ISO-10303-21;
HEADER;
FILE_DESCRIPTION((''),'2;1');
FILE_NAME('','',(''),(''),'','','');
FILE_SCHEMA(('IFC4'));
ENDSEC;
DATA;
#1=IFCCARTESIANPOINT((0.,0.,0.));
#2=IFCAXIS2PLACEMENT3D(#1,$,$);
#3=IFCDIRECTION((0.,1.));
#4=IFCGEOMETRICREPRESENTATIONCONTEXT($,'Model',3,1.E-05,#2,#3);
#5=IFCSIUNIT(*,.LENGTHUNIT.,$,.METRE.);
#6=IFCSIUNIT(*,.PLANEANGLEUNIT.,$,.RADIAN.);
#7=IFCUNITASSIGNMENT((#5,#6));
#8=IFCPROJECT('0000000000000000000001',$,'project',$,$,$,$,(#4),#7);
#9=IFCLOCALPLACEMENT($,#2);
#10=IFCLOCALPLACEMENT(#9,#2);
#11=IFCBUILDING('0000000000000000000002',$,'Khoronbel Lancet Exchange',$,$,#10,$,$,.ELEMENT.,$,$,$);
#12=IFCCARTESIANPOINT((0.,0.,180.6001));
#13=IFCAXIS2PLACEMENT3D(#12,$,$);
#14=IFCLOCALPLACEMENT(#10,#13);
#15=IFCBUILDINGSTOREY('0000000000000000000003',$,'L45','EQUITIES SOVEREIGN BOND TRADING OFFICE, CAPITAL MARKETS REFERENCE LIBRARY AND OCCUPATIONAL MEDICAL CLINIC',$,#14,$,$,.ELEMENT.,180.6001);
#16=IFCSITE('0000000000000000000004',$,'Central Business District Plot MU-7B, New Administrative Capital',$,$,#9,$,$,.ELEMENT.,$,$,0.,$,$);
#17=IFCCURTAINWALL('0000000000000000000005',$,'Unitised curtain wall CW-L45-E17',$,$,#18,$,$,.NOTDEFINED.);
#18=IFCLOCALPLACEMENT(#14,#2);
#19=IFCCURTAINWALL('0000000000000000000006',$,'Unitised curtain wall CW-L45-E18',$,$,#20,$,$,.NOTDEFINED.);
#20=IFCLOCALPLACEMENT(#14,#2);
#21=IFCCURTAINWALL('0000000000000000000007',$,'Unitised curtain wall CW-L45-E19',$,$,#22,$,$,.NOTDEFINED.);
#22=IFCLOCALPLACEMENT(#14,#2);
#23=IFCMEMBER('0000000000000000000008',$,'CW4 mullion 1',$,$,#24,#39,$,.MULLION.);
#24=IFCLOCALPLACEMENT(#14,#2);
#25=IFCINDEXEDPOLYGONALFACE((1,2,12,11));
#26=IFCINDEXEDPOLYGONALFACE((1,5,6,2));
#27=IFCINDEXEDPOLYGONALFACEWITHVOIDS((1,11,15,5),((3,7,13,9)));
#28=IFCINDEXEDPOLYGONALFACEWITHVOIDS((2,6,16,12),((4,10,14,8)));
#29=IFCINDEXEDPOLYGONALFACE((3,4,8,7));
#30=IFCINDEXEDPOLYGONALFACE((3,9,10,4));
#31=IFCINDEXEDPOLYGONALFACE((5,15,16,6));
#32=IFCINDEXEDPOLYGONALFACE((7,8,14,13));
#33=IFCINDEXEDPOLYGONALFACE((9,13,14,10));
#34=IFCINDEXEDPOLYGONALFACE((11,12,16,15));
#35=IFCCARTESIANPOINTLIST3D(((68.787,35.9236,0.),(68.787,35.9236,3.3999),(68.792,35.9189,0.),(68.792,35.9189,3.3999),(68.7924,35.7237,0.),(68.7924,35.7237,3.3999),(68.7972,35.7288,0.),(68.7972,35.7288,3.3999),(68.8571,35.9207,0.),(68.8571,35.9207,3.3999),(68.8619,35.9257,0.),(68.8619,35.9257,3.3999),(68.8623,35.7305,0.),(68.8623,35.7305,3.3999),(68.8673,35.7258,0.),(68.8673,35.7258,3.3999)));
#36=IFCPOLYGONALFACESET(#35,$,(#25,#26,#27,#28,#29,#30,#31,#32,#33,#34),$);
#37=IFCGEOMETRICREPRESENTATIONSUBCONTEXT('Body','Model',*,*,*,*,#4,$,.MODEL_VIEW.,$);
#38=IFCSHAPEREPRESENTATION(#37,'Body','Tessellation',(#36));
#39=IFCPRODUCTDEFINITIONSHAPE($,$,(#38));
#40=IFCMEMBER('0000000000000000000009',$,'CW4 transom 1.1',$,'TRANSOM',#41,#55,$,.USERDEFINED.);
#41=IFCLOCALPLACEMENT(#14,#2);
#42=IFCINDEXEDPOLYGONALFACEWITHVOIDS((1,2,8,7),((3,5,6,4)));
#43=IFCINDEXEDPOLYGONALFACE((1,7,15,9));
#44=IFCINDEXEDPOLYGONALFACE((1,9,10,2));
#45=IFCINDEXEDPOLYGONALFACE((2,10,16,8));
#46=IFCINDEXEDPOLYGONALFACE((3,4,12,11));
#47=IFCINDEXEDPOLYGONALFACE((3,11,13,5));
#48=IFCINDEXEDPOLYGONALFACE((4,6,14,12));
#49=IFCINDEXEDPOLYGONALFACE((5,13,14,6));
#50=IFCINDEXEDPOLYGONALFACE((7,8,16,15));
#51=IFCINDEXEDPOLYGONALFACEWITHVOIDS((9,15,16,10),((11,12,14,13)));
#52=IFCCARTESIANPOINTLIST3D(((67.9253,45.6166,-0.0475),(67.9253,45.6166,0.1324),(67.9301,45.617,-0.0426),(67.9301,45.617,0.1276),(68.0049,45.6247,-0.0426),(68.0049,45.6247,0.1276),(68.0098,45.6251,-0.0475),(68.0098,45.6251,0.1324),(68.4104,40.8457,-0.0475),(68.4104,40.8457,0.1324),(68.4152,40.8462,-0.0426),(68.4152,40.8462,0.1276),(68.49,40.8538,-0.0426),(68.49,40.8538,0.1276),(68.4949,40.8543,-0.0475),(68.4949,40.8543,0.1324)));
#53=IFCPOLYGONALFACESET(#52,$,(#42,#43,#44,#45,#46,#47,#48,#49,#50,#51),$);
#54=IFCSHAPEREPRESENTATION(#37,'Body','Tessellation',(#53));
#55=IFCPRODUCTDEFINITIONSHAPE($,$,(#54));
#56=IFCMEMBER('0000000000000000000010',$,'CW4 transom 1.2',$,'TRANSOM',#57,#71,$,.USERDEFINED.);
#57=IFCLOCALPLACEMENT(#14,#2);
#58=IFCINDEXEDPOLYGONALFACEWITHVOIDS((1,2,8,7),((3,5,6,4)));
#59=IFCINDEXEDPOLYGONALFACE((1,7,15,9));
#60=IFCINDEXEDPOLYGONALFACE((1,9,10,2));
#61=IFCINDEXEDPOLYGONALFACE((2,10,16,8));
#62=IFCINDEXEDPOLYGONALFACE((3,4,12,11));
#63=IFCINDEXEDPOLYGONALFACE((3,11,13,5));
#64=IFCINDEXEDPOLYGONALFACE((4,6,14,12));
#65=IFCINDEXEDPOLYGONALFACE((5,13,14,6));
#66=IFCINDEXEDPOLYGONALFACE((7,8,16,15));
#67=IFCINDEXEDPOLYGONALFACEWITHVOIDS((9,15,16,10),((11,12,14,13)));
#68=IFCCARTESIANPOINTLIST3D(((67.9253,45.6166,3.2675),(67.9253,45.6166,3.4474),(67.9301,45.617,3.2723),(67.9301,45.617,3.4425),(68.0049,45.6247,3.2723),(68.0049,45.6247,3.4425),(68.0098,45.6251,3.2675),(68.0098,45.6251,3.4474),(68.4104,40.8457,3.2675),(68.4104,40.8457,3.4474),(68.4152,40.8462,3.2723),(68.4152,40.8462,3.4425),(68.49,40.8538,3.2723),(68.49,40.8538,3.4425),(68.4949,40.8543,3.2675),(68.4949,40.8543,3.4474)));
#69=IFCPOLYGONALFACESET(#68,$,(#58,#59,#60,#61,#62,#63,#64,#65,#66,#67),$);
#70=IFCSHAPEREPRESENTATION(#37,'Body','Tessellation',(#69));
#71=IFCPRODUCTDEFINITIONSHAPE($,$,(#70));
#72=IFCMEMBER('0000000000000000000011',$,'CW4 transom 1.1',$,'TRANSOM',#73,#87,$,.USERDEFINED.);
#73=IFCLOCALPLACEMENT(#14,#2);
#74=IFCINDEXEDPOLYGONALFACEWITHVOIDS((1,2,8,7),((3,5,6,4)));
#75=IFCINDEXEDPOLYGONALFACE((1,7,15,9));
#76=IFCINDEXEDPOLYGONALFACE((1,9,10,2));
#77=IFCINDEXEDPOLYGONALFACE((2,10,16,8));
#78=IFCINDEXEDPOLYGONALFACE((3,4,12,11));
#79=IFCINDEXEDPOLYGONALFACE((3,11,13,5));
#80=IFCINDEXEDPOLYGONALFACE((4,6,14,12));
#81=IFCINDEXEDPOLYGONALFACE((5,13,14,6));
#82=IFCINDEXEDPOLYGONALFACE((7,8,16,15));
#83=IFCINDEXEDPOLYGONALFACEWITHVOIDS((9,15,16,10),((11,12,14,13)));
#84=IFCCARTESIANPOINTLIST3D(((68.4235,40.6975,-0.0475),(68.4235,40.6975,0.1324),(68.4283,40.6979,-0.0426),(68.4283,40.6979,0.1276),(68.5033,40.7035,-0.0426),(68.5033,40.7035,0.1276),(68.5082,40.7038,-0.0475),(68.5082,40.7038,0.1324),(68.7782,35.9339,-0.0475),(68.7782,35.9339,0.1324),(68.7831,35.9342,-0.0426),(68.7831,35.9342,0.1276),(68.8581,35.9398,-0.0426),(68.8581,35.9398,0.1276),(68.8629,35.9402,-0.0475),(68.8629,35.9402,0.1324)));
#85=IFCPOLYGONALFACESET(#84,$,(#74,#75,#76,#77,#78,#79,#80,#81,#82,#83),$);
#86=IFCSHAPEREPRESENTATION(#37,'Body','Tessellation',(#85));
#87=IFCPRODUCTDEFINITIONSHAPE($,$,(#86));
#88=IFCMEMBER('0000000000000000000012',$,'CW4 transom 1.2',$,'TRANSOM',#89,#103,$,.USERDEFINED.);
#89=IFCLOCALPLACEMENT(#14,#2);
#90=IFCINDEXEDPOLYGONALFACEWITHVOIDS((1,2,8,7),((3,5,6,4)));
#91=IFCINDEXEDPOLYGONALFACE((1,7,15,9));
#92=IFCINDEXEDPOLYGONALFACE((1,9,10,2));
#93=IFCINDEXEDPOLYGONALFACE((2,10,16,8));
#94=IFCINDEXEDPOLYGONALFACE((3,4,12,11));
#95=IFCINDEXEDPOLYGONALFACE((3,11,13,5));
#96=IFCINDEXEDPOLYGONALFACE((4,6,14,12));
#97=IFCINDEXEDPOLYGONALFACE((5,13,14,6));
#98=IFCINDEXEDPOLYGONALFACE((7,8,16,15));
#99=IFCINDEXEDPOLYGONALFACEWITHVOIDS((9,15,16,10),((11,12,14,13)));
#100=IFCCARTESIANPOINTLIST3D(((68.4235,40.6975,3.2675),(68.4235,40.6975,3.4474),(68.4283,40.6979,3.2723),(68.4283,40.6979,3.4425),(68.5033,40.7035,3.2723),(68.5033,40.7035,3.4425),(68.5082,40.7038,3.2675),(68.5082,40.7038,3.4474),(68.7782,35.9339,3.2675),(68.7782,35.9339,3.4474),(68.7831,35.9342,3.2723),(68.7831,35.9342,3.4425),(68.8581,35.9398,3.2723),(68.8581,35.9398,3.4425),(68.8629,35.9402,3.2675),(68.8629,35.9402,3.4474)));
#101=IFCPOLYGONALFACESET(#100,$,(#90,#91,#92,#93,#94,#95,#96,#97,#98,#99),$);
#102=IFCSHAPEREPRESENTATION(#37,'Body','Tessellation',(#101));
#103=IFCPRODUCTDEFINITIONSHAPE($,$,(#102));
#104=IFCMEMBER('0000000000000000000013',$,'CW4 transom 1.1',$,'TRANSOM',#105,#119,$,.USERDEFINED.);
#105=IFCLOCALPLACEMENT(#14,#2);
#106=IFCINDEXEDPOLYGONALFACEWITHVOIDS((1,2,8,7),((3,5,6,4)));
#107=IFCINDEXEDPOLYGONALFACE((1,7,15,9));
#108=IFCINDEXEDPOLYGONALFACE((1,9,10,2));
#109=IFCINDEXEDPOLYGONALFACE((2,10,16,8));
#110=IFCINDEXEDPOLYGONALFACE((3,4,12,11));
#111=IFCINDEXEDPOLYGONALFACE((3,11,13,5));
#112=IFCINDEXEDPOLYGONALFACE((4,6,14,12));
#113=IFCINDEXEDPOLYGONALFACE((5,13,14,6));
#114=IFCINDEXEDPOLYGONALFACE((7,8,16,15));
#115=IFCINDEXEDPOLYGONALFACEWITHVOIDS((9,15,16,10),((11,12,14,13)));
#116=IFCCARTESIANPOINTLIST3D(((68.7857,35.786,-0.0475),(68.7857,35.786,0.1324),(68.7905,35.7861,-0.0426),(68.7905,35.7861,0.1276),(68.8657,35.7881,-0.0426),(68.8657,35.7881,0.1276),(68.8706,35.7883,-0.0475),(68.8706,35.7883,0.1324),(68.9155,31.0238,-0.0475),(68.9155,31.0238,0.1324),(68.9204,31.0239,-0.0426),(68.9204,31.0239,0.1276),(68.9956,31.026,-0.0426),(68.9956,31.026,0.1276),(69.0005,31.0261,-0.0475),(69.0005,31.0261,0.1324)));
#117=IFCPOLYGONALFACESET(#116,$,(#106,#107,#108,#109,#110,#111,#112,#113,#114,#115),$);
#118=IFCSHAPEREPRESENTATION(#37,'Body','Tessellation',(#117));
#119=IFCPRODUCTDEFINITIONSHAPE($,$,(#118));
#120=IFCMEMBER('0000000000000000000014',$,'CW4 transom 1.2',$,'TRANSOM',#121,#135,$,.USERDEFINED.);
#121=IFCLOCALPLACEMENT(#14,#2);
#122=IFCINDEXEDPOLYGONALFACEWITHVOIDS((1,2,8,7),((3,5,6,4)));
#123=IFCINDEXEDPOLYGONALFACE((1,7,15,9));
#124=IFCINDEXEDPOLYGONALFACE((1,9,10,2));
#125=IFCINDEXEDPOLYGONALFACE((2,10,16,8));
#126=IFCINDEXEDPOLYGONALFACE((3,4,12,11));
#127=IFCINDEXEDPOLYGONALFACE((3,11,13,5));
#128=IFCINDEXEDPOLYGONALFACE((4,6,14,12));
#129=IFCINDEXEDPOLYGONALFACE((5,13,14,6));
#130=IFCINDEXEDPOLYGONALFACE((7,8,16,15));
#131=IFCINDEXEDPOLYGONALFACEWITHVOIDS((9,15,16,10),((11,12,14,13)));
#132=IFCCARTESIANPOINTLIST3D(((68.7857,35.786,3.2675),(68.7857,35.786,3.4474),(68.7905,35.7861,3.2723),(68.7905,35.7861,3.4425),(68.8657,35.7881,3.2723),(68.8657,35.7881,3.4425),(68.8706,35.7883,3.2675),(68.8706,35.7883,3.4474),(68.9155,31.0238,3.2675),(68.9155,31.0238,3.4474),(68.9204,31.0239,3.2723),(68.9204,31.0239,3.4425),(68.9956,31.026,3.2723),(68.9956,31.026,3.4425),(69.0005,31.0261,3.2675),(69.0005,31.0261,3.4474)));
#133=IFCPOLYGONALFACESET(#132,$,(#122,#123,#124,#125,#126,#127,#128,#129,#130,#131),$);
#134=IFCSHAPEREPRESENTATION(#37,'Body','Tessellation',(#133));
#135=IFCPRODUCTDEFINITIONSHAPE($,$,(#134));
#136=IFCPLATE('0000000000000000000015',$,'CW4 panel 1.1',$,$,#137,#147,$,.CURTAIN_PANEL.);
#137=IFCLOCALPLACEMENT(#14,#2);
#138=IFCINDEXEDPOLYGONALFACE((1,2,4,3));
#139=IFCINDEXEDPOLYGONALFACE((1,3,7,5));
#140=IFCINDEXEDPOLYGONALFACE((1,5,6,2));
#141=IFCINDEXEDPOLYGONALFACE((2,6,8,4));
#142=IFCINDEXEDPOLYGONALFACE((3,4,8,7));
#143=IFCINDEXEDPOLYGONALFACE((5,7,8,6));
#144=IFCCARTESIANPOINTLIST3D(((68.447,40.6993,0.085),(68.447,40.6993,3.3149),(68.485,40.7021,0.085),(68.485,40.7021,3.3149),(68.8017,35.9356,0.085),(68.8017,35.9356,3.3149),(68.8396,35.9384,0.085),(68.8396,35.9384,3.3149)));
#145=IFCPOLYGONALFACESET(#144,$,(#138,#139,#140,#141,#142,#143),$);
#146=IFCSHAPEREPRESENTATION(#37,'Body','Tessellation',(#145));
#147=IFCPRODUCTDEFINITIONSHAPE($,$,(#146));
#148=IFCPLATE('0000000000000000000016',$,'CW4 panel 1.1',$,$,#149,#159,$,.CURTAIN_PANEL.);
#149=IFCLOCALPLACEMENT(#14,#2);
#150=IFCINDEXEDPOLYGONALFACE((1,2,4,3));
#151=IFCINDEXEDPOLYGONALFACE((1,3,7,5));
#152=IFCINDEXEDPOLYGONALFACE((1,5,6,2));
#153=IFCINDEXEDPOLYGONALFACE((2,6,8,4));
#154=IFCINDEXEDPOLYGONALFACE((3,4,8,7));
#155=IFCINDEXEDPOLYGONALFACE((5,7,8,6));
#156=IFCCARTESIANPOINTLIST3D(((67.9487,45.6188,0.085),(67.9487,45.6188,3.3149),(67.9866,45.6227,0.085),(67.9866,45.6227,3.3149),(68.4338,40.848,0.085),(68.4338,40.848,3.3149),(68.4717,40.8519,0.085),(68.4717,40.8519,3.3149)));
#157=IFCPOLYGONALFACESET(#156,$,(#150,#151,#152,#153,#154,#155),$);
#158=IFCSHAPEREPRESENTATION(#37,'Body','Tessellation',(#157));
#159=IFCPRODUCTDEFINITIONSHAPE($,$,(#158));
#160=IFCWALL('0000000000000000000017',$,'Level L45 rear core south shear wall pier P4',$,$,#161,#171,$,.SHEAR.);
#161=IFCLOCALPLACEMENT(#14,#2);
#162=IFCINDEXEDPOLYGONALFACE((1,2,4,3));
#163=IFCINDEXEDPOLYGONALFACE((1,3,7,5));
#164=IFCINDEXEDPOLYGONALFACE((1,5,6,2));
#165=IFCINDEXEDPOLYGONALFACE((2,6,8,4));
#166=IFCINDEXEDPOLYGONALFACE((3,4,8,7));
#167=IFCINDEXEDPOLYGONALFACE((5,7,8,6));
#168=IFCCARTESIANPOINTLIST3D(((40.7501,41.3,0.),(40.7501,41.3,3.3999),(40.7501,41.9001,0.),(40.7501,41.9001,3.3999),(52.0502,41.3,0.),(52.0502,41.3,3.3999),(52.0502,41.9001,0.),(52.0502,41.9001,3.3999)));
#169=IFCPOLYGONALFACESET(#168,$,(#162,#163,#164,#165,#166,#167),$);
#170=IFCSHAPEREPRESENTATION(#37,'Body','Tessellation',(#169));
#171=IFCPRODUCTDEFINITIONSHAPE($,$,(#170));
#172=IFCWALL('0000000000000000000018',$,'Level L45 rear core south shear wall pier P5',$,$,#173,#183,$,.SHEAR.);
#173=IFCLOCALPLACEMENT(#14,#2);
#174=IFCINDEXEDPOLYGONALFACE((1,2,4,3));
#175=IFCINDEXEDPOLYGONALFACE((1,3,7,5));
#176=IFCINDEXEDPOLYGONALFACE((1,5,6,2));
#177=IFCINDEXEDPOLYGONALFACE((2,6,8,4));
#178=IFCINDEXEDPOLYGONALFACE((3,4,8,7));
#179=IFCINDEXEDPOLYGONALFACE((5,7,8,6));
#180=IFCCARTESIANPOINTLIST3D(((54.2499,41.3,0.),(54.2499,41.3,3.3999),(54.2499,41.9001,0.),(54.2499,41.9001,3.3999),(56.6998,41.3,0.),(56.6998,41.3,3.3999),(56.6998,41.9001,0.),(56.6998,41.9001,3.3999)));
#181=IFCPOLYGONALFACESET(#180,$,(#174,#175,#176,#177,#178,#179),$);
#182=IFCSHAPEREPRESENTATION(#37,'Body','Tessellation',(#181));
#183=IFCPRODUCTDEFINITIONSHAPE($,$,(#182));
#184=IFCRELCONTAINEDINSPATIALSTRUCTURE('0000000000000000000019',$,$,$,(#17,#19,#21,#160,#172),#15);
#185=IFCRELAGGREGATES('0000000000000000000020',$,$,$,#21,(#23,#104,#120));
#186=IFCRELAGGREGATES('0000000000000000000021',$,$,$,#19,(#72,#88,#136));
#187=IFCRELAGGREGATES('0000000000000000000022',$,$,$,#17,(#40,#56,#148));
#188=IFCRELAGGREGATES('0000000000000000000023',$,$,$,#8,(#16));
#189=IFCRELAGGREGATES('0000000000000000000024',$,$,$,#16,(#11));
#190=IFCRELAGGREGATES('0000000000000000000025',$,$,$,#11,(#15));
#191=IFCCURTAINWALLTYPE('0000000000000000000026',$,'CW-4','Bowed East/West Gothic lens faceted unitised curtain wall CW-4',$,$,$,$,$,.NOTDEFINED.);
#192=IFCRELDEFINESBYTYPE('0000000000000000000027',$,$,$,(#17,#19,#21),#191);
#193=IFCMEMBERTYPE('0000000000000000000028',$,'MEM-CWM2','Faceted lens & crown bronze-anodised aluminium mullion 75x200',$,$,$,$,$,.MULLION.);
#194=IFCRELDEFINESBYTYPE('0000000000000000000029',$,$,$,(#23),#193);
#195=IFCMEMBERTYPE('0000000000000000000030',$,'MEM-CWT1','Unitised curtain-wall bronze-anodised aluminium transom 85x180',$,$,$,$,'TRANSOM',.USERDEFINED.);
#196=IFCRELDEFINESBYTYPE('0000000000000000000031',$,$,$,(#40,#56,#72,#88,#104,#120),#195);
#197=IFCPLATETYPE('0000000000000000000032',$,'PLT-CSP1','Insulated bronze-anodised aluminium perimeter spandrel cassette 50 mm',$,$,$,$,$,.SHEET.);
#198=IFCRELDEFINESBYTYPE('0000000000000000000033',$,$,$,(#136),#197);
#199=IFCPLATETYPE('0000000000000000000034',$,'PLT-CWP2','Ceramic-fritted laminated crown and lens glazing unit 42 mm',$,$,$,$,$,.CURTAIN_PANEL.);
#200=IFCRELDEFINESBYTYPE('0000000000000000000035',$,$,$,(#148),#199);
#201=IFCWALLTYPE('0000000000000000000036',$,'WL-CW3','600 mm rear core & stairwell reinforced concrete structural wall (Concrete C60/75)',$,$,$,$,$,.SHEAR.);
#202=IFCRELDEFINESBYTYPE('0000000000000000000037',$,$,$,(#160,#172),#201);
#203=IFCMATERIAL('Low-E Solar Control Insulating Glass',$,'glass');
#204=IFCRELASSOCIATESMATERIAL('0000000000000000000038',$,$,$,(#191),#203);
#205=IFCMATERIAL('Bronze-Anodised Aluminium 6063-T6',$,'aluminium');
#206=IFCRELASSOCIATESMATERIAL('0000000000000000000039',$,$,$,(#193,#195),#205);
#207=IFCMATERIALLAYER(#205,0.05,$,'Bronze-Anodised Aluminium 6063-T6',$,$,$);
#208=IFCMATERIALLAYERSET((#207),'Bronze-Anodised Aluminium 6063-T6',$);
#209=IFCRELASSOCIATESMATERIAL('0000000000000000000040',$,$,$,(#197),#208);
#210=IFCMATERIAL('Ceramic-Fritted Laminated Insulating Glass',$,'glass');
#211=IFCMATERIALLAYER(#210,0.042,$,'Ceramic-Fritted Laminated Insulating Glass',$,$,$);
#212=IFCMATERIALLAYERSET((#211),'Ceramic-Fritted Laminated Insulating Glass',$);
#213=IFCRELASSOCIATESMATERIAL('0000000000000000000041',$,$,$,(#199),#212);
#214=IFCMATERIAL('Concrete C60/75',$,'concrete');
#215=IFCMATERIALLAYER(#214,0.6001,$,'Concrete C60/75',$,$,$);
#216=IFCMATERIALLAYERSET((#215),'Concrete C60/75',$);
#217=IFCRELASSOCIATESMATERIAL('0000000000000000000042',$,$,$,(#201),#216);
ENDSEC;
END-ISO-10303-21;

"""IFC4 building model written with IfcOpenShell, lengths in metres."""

from ifc_helpers import new_model, si_unit, direction, frame, frame_2d, origin, origin_2d, place, context, subcontext, project, spatial, rectangle, hollow_rectangle, extrude, material, layer, layer_set, material_profile, profile_set, type_object, element, aggregate, save


model = new_model("IFC4")

# Units and contexts
model_context = context("Model", 3, precision=1e-05, world=origin(), true_north=direction((0.0, 1.0)))
body_context = subcontext(model_context, "Body", "Model", "MODEL_VIEW")
ifc_project = project(units=[si_unit("LENGTHUNIT", "METRE"), si_unit("PLANEANGLEUNIT", "RADIAN")], contexts=[model_context])

# Site, building, storey
site_placement = place(None, origin())
site = spatial("IfcSite", under=ifc_project, at=site_placement, Name="Central Business District Plot MU-7B, New Administrative Capital", CompositionType="ELEMENT", RefElevation=0.0)
building_placement = place(site_placement, origin())
building = spatial("IfcBuilding", under=site, at=building_placement, Name="Khoronbel Lancet Exchange", CompositionType="ELEMENT")
storey_placement = place(building_placement, frame((0.0, 0.0, 180.6001)))
storey = spatial("IfcBuildingStorey", under=building, at=storey_placement, Name="L45", Description="EQUITIES SOVEREIGN BOND TRADING OFFICE, CAPITAL MARKETS REFERENCE LIBRARY AND OCCUPATIONAL MEDICAL CLINIC", CompositionType="ELEMENT", Elevation=180.6001)

# Shared definitions
ifc_material_1 = material(Name="Concrete C60/75", Category="concrete")

# Curtain walls
ifc_material_2 = material(Name="Low-E Solar Control Insulating Glass", Category="glass")
curtain_wall_type = type_object("IfcCurtainWallType", Name="CW-4", Description="Bowed East/West Gothic lens faceted unitised curtain wall CW-4", PredefinedType="NOTDEFINED", material=ifc_material_2)
curtain_wall_1_placement = place(storey_placement, origin())
curtain_wall_1 = element("IfcCurtainWall", 1, at=curtain_wall_1_placement, inside=storey, type_object=curtain_wall_type, Name="Unitised curtain wall CW-L45-E17", PredefinedType="NOTDEFINED")
ifc_material_3 = material(Name="Bronze-Anodised Aluminium 6063-T6", Category="aluminium")
ifc_material_profile_1 = material_profile(ifc_material_3, hollow_rectangle(XDim=0.075, YDim=0.2, WallThickness=0.0049, at=origin_2d()), Name="ALU MULLION 75x200")
ifc_profile_set_1 = profile_set([ifc_material_profile_1], Name="Bronze-Anodised Aluminium 6063-T6")
member_type_1 = type_object("IfcMemberType", Name="MEM-CWM2", Description="Faceted lens & crown bronze-anodised aluminium mullion 75x200", PredefinedType="MULLION", material=ifc_profile_set_1)
curtain_wall_2_placement = place(storey_placement, origin())
curtain_wall_2 = element("IfcCurtainWall", 2, at=curtain_wall_2_placement, inside=storey, type_object=curtain_wall_type, Name="Unitised curtain wall CW-L45-E18", PredefinedType="NOTDEFINED")

# Curtain wall, member
curtain_wall_3_placement = place(storey_placement, origin())
curtain_wall_3 = element("IfcCurtainWall", 3, at=curtain_wall_3_placement, inside=storey, type_object=curtain_wall_type, Name="Unitised curtain wall CW-L45-E19", PredefinedType="NOTDEFINED")
member_1_placement = place(storey_placement, frame((68.8271, 35.8247, 0.0), z_axis=(0.0, 0.0, 1.0), x_axis=(0.999629, 0.027249, 0.0)))
member_1 = element("IfcMember", 4, at=member_1_placement, type_object=member_type_1, Name="CW4 mullion 1", PredefinedType="MULLION", context=body_context, shape_type="SweptSolid", body=[
    extrude(hollow_rectangle(XDim=0.075, YDim=0.2, WallThickness=0.0049, at=origin_2d()), origin(), (0.0, 0.0, 1.0), 3.3999),
])

# Members
ifc_material_profile_2 = material_profile(ifc_material_3, hollow_rectangle(XDim=0.085, YDim=0.1799, WallThickness=0.0049, at=origin_2d()), Name="ALU TRANSOM 85x180")
ifc_profile_set_2 = profile_set([ifc_material_profile_2], Name="Bronze-Anodised Aluminium 6063-T6")
member_type_2 = type_object("IfcMemberType", Name="MEM-CWT1", Description="Unitised curtain-wall bronze-anodised aluminium transom 85x180", ElementType="TRANSOM", PredefinedType="USERDEFINED", material=ifc_profile_set_2)
member_2_placement = place(storey_placement, frame((67.9675, 45.6208, 0.0425), z_axis=(0.101162, -0.99487, 0.0), x_axis=(0.99487, 0.101162, 0.0)))
member_2 = element("IfcMember", 5, at=member_2_placement, type_object=member_type_2, Name="CW4 transom 1.1", ObjectType="TRANSOM", PredefinedType="USERDEFINED", context=body_context, shape_type="SweptSolid", body=[
    extrude(hollow_rectangle(XDim=0.085, YDim=0.1799, WallThickness=0.0049, at=origin_2d()), origin(), (0.0, 0.0, 1.0), 4.7954),
])
member_3_placement = place(storey_placement, frame((67.9675, 45.6208, 3.3574), z_axis=(0.101162, -0.99487, 0.0), x_axis=(0.99487, 0.101162, 0.0)))
member_3 = element("IfcMember", 6, at=member_3_placement, type_object=member_type_2, Name="CW4 transom 1.2", ObjectType="TRANSOM", PredefinedType="USERDEFINED", context=body_context, shape_type="SweptSolid", body=[
    extrude(hollow_rectangle(XDim=0.085, YDim=0.1799, WallThickness=0.0049, at=origin_2d()), origin(), (0.0, 0.0, 1.0), 4.7954),
])
member_4_placement = place(storey_placement, frame((68.4658, 40.7007, 0.0425), z_axis=(0.074261, -0.997239, 0.0), x_axis=(0.997239, 0.074261, 0.0)))
member_4 = element("IfcMember", 7, at=member_4_placement, type_object=member_type_2, Name="CW4 transom 1.1", ObjectType="TRANSOM", PredefinedType="USERDEFINED", context=body_context, shape_type="SweptSolid", body=[
    extrude(hollow_rectangle(XDim=0.085, YDim=0.1799, WallThickness=0.0049, at=origin_2d()), origin(), (0.0, 0.0, 1.0), 4.7769),
])
member_5_placement = place(storey_placement, frame((68.4658, 40.7007, 3.3574), z_axis=(0.074261, -0.997239, 0.0), x_axis=(0.997239, 0.074261, 0.0)))
member_5 = element("IfcMember", 8, at=member_5_placement, type_object=member_type_2, Name="CW4 transom 1.2", ObjectType="TRANSOM", PredefinedType="USERDEFINED", context=body_context, shape_type="SweptSolid", body=[
    extrude(hollow_rectangle(XDim=0.085, YDim=0.1799, WallThickness=0.0049, at=origin_2d()), origin(), (0.0, 0.0, 1.0), 4.7769),
])
member_6_placement = place(storey_placement, frame((68.8281, 35.7871, 0.0425), z_axis=(0.027264, -0.999628, 0.0), x_axis=(0.999628, 0.027264, 0.0)))
member_6 = element("IfcMember", 9, at=member_6_placement, type_object=member_type_2, Name="CW4 transom 1.1", ObjectType="TRANSOM", PredefinedType="USERDEFINED", context=body_context, shape_type="SweptSolid", body=[
    extrude(hollow_rectangle(XDim=0.085, YDim=0.1799, WallThickness=0.0049, at=origin_2d()), origin(), (0.0, 0.0, 1.0), 4.7639),
])
member_7_placement = place(storey_placement, frame((68.8281, 35.7871, 3.3574), z_axis=(0.027264, -0.999628, 0.0), x_axis=(0.999628, 0.027264, 0.0)))
member_7 = element("IfcMember", 10, at=member_7_placement, type_object=member_type_2, Name="CW4 transom 1.2", ObjectType="TRANSOM", PredefinedType="USERDEFINED", context=body_context, shape_type="SweptSolid", body=[
    extrude(hollow_rectangle(XDim=0.085, YDim=0.1799, WallThickness=0.0049, at=origin_2d()), origin(), (0.0, 0.0, 1.0), 4.7639),
])
aggregate(curtain_wall_3, [member_1, member_6, member_7])

# Plates
ifc_layer_1 = layer(ifc_material_3, 0.05, Name="Bronze-Anodised Aluminium 6063-T6")
ifc_layer_set_1 = layer_set([ifc_layer_1], Name="Bronze-Anodised Aluminium 6063-T6")
plate_type_1 = type_object("IfcPlateType", Name="PLT-CSP1", Description="Insulated bronze-anodised aluminium perimeter spandrel cassette 50 mm", PredefinedType="SHEET", material=ifc_layer_set_1)
plate_1_placement = place(storey_placement, frame((68.6433, 38.3188, 0.085), z_axis=(0.0, 0.0, 1.0), x_axis=(0.074245, -0.99724, 0.0)))
plate_1 = element("IfcPlate", 11, at=plate_1_placement, type_object=plate_type_1, Name="CW4 panel 1.1", PredefinedType="CURTAIN_PANEL", context=body_context, shape_type="SweptSolid", body=[
    extrude(rectangle(XDim=4.7769, YDim=0.0381, at=origin_2d()), origin(), (0.0, 0.0, 1.0), 3.23),
])
aggregate(curtain_wall_2, [member_4, member_5, plate_1])
ifc_material_4 = material(Name="Ceramic-Fritted Laminated Insulating Glass", Category="glass")
ifc_layer_2 = layer(ifc_material_4, 0.042, Name="Ceramic-Fritted Laminated Insulating Glass")
ifc_layer_set_2 = layer_set([ifc_layer_2], Name="Ceramic-Fritted Laminated Insulating Glass")
plate_type_2 = type_object("IfcPlateType", Name="PLT-CWP2", Description="Ceramic-fritted laminated crown and lens glazing unit 42 mm", PredefinedType="CURTAIN_PANEL", material=ifc_layer_set_2)
plate_2_placement = place(storey_placement, frame((68.2102, 43.2354, 0.085), z_axis=(0.0, 0.0, 1.0), x_axis=(0.101165, -0.99487, 0.0)))
plate_2 = element("IfcPlate", 12, at=plate_2_placement, type_object=plate_type_2, Name="CW4 panel 1.1", PredefinedType="CURTAIN_PANEL", context=body_context, shape_type="SweptSolid", body=[
    extrude(rectangle(XDim=4.7954, YDim=0.0381, at=origin_2d()), origin(), (0.0, 0.0, 1.0), 3.23),
])
aggregate(curtain_wall_1, [member_2, member_3, plate_2])

# Walls
ifc_layer_3 = layer(ifc_material_1, 0.6001, Name="Concrete C60/75")
ifc_layer_set_3 = layer_set([ifc_layer_3], Name="Concrete C60/75")
wall_type_1 = type_object("IfcWallType", Name="WL-CW3", Description="600 mm rear core & stairwell reinforced concrete structural wall (Concrete C60/75)", PredefinedType="SHEAR", material=ifc_layer_set_3)
wall_1_placement = place(storey_placement, frame((52.05, 41.6001, 0.0), z_axis=(0.0, 0.0, 1.0), x_axis=(-1.0, 0.0, 0.0)))
element("IfcWall", 13, at=wall_1_placement, inside=storey, type_object=wall_type_1, Name="Level L45 rear core south shear wall pier P4", PredefinedType="SHEAR", context=body_context, shape_type="SweptSolid", body=[
    extrude(rectangle(XDim=11.3, YDim=0.6001, at=frame_2d((5.6499, 0.0))), origin(), (0.0, 0.0, 1.0), 3.3999),
])
wall_2_placement = place(storey_placement, frame((56.7, 41.6001, 0.0), z_axis=(0.0, 0.0, 1.0), x_axis=(-1.0, 0.0, 0.0)))
element("IfcWall", 14, at=wall_2_placement, inside=storey, type_object=wall_type_1, Name="Level L45 rear core south shear wall pier P5", PredefinedType="SHEAR", context=body_context, shape_type="SweptSolid", body=[
    extrude(rectangle(XDim=2.45, YDim=0.6001, at=frame_2d((1.2251, 0.0))), origin(), (0.0, 0.0, 1.0), 3.3999),
])

save(model, "model.ifc")
